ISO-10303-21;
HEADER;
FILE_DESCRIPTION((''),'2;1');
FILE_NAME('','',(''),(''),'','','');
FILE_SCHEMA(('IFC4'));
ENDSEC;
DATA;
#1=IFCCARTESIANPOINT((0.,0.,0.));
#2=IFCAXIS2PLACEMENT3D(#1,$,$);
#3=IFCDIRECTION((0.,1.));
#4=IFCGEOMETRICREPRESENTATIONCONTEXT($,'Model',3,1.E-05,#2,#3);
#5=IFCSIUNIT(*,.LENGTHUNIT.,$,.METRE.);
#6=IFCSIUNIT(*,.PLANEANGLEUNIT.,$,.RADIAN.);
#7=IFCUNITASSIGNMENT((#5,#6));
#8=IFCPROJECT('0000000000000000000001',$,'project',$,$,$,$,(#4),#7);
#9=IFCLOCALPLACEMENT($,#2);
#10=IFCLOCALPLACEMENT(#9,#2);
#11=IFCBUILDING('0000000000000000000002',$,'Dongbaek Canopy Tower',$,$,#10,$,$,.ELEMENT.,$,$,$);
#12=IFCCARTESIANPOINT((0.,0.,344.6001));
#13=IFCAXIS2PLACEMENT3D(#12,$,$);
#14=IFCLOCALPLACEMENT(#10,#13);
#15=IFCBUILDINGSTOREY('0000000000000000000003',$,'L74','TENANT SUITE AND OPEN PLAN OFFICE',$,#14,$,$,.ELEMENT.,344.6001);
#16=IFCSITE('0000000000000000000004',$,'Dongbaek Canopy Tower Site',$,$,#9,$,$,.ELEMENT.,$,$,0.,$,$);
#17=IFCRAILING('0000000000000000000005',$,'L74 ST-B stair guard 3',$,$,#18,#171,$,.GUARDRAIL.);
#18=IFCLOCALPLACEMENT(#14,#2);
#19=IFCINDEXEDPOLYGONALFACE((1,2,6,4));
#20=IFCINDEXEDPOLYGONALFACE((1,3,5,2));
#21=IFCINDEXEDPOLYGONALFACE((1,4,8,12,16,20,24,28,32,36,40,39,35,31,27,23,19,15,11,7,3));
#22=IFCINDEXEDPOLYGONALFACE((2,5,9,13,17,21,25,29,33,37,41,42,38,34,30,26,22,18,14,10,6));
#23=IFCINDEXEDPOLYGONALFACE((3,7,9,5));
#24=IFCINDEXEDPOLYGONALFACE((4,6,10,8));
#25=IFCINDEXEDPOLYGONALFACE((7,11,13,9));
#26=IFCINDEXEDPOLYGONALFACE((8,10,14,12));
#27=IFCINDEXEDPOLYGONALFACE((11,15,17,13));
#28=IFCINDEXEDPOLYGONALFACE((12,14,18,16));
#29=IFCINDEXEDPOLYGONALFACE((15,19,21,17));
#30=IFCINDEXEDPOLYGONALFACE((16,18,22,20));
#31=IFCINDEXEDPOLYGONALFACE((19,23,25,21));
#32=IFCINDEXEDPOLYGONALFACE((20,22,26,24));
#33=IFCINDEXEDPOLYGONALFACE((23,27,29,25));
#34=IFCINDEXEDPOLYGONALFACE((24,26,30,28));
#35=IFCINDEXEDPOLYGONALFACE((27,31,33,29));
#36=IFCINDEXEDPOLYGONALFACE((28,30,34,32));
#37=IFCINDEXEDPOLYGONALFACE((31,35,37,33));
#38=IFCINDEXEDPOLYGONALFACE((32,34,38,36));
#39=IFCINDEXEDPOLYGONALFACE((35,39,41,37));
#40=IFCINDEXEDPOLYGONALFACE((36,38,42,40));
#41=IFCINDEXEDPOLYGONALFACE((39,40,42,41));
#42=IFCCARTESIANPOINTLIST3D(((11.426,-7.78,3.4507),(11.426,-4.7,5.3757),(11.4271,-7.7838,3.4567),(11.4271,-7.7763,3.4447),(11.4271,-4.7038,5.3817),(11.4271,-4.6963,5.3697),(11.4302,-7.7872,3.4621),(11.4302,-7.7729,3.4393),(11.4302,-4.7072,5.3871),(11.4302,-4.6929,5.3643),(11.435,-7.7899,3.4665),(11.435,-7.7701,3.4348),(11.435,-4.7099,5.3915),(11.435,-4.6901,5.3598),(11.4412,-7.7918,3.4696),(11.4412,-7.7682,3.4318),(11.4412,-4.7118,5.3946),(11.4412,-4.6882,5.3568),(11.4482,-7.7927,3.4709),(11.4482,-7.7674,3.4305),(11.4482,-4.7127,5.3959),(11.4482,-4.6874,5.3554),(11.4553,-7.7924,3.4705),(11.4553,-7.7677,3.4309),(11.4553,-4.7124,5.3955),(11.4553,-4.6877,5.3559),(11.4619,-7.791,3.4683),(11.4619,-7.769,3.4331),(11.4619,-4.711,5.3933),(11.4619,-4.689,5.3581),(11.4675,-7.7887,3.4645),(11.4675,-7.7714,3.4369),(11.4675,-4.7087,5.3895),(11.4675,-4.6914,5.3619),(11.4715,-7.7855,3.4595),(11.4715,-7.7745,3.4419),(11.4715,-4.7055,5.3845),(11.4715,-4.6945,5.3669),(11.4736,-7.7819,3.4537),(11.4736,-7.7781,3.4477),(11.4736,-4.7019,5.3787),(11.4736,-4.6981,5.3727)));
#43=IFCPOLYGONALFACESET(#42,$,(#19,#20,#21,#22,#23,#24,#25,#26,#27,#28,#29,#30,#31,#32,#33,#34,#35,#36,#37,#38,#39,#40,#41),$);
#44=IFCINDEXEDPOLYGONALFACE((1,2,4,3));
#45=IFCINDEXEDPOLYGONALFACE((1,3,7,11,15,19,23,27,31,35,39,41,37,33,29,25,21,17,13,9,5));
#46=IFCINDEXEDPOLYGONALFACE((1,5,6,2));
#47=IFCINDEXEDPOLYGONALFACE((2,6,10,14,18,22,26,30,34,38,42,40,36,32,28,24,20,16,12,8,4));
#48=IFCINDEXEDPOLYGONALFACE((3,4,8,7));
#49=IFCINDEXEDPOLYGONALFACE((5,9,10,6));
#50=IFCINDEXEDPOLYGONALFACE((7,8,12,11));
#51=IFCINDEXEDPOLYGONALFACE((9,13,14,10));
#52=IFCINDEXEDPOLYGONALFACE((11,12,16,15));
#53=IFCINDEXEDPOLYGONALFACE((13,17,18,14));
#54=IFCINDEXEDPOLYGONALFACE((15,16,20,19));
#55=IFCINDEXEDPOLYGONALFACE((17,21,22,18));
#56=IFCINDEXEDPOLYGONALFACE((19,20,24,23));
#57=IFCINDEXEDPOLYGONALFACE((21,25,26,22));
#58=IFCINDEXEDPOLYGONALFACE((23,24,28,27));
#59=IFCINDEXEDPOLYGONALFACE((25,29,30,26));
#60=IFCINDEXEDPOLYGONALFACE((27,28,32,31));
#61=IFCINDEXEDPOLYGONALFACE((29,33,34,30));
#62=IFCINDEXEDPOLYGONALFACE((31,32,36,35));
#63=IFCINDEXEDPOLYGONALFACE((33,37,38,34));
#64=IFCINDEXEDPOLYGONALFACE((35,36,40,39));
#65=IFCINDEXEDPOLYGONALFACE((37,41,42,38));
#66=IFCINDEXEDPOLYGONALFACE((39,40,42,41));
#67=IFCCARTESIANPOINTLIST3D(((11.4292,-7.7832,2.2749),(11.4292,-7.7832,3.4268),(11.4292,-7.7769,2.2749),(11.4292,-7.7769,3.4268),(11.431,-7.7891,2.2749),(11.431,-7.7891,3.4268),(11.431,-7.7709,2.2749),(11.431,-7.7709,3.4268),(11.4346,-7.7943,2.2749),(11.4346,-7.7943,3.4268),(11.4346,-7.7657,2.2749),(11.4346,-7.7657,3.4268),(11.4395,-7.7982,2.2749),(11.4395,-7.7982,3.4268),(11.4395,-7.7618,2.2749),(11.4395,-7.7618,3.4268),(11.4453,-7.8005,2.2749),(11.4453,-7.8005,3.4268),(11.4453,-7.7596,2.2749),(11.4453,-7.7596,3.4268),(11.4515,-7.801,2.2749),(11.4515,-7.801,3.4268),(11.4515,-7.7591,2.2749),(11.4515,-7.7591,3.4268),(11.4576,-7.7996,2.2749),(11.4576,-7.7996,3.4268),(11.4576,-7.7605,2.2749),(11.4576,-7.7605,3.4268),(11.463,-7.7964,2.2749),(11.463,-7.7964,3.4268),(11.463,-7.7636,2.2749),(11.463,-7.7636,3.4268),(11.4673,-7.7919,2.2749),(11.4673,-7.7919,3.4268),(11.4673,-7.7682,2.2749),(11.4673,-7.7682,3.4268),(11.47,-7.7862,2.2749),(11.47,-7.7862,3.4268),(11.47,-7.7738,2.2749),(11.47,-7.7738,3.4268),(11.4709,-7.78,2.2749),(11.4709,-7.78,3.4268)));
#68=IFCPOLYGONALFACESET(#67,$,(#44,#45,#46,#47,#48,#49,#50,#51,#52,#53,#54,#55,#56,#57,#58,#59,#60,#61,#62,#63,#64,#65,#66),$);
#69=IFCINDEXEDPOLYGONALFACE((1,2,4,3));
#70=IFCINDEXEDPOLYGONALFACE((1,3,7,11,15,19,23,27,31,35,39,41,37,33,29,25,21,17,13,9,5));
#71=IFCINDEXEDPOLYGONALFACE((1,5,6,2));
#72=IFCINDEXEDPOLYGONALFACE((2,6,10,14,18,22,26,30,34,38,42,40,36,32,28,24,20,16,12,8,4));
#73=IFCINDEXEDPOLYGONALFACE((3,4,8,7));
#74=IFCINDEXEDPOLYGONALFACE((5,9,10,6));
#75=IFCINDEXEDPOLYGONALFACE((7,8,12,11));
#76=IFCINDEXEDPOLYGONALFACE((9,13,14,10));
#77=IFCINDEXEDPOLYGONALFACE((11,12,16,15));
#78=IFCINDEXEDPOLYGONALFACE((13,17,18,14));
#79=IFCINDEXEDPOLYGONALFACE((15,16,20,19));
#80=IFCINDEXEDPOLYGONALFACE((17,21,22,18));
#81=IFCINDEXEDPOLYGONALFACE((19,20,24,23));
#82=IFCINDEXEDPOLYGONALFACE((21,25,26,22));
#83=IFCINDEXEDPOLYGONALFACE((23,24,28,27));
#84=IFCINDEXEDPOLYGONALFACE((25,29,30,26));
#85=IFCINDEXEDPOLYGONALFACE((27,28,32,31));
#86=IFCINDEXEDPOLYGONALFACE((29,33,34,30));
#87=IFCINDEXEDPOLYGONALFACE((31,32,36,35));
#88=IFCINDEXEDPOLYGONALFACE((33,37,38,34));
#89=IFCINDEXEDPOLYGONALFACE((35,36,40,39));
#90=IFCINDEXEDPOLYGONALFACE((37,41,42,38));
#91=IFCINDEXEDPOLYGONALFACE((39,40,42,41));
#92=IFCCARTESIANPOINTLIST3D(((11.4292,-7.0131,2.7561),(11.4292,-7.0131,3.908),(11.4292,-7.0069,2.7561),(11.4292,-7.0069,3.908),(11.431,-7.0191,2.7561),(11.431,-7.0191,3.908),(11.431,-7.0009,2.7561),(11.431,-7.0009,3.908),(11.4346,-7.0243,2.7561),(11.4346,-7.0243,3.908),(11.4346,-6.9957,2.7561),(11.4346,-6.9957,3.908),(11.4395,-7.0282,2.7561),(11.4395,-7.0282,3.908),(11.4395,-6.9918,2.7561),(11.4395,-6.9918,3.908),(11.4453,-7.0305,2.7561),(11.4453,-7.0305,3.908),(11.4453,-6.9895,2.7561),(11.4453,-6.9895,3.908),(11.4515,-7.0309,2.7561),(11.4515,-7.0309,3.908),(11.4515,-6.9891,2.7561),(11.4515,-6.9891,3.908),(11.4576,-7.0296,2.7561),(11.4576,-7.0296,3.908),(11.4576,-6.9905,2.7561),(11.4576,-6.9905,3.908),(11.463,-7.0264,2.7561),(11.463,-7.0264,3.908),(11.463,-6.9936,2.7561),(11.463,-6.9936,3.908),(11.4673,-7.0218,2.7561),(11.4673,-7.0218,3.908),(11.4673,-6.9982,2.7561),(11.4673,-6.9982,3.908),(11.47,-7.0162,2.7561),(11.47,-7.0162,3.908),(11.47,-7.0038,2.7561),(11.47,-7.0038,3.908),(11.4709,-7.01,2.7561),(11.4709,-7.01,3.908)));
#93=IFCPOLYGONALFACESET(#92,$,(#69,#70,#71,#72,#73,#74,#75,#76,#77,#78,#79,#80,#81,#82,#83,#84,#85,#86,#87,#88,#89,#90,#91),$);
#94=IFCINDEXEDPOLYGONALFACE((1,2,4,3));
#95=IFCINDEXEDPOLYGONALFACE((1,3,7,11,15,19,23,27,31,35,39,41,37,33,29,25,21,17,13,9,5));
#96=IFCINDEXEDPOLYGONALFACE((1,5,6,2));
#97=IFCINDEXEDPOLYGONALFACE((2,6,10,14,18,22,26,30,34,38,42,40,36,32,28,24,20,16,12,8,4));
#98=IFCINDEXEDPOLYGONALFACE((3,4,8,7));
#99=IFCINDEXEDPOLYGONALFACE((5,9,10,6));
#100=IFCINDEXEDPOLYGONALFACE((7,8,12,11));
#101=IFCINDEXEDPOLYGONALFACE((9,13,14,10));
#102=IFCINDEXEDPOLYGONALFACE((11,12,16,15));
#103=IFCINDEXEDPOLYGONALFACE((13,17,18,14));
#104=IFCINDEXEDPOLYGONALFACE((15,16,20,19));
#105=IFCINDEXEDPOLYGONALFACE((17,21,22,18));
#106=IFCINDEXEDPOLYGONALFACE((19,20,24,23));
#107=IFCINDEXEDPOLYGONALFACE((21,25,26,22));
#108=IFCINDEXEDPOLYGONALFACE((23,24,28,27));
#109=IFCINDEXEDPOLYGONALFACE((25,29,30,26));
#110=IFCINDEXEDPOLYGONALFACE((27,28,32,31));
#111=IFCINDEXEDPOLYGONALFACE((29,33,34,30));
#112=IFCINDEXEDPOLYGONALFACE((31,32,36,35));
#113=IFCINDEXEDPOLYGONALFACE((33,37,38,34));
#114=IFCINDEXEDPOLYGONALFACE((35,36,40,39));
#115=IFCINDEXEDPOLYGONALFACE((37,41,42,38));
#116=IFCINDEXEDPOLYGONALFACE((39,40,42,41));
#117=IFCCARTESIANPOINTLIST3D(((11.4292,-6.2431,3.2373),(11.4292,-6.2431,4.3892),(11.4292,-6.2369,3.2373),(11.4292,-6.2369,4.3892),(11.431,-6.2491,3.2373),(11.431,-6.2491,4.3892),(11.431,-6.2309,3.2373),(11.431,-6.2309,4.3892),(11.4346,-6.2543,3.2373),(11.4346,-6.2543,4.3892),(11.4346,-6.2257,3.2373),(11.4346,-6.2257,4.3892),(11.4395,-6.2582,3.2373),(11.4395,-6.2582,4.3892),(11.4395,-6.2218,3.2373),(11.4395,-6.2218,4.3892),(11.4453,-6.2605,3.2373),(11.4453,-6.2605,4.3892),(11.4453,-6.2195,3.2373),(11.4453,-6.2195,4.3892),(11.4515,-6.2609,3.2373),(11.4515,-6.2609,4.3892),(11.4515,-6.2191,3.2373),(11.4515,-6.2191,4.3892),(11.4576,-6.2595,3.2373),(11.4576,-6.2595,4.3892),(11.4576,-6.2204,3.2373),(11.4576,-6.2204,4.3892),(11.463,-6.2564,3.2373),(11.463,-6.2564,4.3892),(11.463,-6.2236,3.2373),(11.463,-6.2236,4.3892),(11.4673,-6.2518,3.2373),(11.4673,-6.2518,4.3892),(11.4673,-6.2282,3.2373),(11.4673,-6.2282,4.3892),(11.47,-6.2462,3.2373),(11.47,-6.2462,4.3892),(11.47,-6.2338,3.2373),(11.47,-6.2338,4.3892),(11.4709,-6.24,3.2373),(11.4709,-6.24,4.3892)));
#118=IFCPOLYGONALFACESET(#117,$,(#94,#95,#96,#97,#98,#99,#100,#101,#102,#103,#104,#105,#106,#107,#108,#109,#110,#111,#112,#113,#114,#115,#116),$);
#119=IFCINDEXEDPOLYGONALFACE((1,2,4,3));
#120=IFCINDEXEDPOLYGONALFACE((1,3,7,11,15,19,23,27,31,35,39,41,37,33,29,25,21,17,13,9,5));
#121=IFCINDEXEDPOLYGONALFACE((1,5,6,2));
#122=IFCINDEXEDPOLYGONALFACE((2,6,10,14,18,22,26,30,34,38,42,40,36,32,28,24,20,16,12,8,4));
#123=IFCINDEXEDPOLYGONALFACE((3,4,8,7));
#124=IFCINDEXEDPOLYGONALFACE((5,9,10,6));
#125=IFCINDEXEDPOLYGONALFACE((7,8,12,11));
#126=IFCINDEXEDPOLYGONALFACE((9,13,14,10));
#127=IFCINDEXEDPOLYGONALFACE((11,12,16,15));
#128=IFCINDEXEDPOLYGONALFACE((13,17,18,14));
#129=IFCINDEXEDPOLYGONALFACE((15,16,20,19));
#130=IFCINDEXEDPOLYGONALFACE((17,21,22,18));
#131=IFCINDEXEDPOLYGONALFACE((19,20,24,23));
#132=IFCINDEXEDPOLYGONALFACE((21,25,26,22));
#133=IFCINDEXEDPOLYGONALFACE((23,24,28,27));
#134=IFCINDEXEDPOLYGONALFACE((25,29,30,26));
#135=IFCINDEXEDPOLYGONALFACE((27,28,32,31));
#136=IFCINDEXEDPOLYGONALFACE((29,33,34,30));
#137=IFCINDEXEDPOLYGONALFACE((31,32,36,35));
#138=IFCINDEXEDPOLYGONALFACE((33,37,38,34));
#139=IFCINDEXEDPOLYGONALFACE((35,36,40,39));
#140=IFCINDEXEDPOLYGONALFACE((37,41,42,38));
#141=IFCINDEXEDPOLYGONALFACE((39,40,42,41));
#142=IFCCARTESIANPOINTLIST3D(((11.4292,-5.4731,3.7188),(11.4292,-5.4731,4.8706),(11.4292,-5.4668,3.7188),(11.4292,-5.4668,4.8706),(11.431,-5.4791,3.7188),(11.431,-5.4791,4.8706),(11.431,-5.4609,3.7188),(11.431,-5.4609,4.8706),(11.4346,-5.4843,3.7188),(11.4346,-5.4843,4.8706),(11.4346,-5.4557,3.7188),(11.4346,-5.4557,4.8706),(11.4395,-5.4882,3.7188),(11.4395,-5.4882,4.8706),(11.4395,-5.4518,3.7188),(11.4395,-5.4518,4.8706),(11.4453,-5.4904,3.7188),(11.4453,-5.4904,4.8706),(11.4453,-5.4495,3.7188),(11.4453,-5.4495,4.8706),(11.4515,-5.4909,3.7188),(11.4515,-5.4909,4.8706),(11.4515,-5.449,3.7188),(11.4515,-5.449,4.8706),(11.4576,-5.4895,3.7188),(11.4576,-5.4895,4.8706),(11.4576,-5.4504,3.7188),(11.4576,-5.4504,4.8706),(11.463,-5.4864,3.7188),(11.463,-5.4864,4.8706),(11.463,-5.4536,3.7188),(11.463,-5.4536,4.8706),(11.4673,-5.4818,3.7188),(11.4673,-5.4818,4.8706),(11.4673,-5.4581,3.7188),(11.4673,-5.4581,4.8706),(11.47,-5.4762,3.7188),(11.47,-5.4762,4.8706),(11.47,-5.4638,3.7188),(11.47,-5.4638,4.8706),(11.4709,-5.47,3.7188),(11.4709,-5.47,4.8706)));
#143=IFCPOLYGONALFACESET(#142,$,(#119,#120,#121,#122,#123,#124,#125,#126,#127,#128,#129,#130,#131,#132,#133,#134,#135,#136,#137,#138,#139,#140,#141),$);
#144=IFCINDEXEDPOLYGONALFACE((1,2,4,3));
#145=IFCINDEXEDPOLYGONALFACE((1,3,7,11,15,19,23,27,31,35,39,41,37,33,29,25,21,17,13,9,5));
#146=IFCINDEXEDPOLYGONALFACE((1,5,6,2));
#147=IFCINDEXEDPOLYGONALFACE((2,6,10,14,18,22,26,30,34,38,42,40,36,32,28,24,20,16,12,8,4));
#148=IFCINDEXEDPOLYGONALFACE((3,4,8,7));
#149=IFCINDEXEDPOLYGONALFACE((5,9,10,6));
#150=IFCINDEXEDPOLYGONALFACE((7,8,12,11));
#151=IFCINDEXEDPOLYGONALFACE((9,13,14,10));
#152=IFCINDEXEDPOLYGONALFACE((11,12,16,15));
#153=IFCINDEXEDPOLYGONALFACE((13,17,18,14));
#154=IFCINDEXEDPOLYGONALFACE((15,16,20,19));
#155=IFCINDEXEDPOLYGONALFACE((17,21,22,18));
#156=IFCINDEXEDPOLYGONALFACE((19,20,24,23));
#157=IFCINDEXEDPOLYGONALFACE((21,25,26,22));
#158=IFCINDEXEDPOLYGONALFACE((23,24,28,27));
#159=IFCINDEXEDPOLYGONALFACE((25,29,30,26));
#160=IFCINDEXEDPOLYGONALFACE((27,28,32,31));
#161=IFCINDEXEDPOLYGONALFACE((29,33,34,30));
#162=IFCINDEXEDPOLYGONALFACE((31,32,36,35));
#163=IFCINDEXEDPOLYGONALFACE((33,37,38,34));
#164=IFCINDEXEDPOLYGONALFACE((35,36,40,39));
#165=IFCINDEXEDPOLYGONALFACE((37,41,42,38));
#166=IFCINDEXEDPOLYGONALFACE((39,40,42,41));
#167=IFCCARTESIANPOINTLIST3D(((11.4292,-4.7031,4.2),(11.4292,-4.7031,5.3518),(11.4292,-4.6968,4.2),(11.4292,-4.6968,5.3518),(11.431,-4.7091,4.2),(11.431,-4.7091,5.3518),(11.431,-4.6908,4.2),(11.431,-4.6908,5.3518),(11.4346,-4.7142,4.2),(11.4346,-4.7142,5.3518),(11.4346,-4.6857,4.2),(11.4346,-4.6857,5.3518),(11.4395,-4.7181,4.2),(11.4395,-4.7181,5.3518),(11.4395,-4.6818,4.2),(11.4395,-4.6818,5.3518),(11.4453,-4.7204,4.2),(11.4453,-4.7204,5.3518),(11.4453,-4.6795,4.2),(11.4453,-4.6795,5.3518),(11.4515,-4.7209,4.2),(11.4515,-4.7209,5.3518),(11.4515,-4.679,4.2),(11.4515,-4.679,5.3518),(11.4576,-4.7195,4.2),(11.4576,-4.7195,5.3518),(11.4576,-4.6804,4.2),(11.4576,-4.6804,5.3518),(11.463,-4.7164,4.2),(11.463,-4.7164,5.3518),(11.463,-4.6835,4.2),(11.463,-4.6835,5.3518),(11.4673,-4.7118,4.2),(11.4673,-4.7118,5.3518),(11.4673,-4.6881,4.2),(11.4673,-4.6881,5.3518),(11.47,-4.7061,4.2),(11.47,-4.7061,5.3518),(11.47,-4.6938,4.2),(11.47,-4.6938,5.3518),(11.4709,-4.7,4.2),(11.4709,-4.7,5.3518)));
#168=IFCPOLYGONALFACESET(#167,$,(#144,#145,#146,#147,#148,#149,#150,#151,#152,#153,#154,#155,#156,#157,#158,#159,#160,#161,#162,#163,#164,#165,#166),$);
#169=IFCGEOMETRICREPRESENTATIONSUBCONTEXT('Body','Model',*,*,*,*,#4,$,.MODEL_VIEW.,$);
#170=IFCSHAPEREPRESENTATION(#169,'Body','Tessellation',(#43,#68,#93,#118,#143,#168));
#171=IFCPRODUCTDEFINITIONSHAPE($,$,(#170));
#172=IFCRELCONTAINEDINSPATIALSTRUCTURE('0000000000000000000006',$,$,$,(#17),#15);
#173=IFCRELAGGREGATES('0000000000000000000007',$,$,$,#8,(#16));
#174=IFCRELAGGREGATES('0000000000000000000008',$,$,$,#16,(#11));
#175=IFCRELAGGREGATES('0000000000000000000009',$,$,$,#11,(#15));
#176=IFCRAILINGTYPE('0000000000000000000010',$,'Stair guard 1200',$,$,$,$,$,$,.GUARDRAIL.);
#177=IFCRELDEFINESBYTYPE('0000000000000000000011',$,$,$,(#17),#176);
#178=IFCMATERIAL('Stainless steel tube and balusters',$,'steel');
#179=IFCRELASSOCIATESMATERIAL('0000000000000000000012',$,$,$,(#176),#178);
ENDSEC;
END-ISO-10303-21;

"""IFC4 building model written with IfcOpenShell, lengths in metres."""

from ifc_helpers import new_model, si_unit, direction, frame, origin, origin_2d, place, context, subcontext, project, spatial, circle, extrude, material, type_object, element, save


model = new_model("IFC4")

# Units and contexts
model_context = context("Model", 3, precision=1e-05, world=origin(), true_north=direction((0.0, 1.0)))
body_context = subcontext(model_context, "Body", "Model", "MODEL_VIEW")
ifc_project = project(units=[si_unit("LENGTHUNIT", "METRE"), si_unit("PLANEANGLEUNIT", "RADIAN")], contexts=[model_context])

# Site, building, storey
site_placement = place(None, origin())
site = spatial("IfcSite", under=ifc_project, at=site_placement, Name="Dongbaek Canopy Tower Site", CompositionType="ELEMENT", RefElevation=0.0)
building_placement = place(site_placement, origin())
building = spatial("IfcBuilding", under=site, at=building_placement, Name="Dongbaek Canopy Tower", CompositionType="ELEMENT")
storey_placement = place(building_placement, frame((0.0, 0.0, 344.6001)))
storey = spatial("IfcBuildingStorey", under=building, at=storey_placement, Name="L74", Description="TENANT SUITE AND OPEN PLAN OFFICE", CompositionType="ELEMENT", Elevation=344.6001)

# Railing
ifc_material_1 = material(Name="Stainless steel tube and balusters", Category="steel")
railing_type_1 = type_object("IfcRailingType", Name="Stair guard 1200", PredefinedType="GUARDRAIL", material=ifc_material_1)
railing_1_placement = place(storey_placement, frame((11.45, -7.78, 2.2749)))
element("IfcRailing", 1, at=railing_1_placement, inside=storey, type_object=railing_type_1, Name="L74 ST-B stair guard 3", PredefinedType="GUARDRAIL", context=body_context, shape_type="SweptSolid", body=[
    extrude(circle(Radius=0.0239, at=origin_2d()), frame((0.0, 0.0, 1.1758), z_axis=(0.0, 0.847998, 0.529999), x_axis=(-1.0, 0.0, 0.0)), (0.0, 0.0, 1.0), 3.6321),
    extrude(circle(Radius=0.021, at=origin_2d()), origin(), (0.0, 0.0, 1.0), 1.1519),
    extrude(circle(Radius=0.021, at=origin_2d()), frame((0.0, 0.77, 0.4812)), (0.0, 0.0, 1.0), 1.1519),
    extrude(circle(Radius=0.021, at=origin_2d()), frame((0.0, 1.54, 0.9624)), (0.0, 0.0, 1.0), 1.1519),
    extrude(circle(Radius=0.021, at=origin_2d()), frame((0.0, 2.3101, 1.4438)), (0.0, 0.0, 1.0), 1.1519),
    extrude(circle(Radius=0.021, at=origin_2d()), frame((0.0, 3.0801, 1.925)), (0.0, 0.0, 1.0), 1.1519),
])

save(model, "model.ifc")
